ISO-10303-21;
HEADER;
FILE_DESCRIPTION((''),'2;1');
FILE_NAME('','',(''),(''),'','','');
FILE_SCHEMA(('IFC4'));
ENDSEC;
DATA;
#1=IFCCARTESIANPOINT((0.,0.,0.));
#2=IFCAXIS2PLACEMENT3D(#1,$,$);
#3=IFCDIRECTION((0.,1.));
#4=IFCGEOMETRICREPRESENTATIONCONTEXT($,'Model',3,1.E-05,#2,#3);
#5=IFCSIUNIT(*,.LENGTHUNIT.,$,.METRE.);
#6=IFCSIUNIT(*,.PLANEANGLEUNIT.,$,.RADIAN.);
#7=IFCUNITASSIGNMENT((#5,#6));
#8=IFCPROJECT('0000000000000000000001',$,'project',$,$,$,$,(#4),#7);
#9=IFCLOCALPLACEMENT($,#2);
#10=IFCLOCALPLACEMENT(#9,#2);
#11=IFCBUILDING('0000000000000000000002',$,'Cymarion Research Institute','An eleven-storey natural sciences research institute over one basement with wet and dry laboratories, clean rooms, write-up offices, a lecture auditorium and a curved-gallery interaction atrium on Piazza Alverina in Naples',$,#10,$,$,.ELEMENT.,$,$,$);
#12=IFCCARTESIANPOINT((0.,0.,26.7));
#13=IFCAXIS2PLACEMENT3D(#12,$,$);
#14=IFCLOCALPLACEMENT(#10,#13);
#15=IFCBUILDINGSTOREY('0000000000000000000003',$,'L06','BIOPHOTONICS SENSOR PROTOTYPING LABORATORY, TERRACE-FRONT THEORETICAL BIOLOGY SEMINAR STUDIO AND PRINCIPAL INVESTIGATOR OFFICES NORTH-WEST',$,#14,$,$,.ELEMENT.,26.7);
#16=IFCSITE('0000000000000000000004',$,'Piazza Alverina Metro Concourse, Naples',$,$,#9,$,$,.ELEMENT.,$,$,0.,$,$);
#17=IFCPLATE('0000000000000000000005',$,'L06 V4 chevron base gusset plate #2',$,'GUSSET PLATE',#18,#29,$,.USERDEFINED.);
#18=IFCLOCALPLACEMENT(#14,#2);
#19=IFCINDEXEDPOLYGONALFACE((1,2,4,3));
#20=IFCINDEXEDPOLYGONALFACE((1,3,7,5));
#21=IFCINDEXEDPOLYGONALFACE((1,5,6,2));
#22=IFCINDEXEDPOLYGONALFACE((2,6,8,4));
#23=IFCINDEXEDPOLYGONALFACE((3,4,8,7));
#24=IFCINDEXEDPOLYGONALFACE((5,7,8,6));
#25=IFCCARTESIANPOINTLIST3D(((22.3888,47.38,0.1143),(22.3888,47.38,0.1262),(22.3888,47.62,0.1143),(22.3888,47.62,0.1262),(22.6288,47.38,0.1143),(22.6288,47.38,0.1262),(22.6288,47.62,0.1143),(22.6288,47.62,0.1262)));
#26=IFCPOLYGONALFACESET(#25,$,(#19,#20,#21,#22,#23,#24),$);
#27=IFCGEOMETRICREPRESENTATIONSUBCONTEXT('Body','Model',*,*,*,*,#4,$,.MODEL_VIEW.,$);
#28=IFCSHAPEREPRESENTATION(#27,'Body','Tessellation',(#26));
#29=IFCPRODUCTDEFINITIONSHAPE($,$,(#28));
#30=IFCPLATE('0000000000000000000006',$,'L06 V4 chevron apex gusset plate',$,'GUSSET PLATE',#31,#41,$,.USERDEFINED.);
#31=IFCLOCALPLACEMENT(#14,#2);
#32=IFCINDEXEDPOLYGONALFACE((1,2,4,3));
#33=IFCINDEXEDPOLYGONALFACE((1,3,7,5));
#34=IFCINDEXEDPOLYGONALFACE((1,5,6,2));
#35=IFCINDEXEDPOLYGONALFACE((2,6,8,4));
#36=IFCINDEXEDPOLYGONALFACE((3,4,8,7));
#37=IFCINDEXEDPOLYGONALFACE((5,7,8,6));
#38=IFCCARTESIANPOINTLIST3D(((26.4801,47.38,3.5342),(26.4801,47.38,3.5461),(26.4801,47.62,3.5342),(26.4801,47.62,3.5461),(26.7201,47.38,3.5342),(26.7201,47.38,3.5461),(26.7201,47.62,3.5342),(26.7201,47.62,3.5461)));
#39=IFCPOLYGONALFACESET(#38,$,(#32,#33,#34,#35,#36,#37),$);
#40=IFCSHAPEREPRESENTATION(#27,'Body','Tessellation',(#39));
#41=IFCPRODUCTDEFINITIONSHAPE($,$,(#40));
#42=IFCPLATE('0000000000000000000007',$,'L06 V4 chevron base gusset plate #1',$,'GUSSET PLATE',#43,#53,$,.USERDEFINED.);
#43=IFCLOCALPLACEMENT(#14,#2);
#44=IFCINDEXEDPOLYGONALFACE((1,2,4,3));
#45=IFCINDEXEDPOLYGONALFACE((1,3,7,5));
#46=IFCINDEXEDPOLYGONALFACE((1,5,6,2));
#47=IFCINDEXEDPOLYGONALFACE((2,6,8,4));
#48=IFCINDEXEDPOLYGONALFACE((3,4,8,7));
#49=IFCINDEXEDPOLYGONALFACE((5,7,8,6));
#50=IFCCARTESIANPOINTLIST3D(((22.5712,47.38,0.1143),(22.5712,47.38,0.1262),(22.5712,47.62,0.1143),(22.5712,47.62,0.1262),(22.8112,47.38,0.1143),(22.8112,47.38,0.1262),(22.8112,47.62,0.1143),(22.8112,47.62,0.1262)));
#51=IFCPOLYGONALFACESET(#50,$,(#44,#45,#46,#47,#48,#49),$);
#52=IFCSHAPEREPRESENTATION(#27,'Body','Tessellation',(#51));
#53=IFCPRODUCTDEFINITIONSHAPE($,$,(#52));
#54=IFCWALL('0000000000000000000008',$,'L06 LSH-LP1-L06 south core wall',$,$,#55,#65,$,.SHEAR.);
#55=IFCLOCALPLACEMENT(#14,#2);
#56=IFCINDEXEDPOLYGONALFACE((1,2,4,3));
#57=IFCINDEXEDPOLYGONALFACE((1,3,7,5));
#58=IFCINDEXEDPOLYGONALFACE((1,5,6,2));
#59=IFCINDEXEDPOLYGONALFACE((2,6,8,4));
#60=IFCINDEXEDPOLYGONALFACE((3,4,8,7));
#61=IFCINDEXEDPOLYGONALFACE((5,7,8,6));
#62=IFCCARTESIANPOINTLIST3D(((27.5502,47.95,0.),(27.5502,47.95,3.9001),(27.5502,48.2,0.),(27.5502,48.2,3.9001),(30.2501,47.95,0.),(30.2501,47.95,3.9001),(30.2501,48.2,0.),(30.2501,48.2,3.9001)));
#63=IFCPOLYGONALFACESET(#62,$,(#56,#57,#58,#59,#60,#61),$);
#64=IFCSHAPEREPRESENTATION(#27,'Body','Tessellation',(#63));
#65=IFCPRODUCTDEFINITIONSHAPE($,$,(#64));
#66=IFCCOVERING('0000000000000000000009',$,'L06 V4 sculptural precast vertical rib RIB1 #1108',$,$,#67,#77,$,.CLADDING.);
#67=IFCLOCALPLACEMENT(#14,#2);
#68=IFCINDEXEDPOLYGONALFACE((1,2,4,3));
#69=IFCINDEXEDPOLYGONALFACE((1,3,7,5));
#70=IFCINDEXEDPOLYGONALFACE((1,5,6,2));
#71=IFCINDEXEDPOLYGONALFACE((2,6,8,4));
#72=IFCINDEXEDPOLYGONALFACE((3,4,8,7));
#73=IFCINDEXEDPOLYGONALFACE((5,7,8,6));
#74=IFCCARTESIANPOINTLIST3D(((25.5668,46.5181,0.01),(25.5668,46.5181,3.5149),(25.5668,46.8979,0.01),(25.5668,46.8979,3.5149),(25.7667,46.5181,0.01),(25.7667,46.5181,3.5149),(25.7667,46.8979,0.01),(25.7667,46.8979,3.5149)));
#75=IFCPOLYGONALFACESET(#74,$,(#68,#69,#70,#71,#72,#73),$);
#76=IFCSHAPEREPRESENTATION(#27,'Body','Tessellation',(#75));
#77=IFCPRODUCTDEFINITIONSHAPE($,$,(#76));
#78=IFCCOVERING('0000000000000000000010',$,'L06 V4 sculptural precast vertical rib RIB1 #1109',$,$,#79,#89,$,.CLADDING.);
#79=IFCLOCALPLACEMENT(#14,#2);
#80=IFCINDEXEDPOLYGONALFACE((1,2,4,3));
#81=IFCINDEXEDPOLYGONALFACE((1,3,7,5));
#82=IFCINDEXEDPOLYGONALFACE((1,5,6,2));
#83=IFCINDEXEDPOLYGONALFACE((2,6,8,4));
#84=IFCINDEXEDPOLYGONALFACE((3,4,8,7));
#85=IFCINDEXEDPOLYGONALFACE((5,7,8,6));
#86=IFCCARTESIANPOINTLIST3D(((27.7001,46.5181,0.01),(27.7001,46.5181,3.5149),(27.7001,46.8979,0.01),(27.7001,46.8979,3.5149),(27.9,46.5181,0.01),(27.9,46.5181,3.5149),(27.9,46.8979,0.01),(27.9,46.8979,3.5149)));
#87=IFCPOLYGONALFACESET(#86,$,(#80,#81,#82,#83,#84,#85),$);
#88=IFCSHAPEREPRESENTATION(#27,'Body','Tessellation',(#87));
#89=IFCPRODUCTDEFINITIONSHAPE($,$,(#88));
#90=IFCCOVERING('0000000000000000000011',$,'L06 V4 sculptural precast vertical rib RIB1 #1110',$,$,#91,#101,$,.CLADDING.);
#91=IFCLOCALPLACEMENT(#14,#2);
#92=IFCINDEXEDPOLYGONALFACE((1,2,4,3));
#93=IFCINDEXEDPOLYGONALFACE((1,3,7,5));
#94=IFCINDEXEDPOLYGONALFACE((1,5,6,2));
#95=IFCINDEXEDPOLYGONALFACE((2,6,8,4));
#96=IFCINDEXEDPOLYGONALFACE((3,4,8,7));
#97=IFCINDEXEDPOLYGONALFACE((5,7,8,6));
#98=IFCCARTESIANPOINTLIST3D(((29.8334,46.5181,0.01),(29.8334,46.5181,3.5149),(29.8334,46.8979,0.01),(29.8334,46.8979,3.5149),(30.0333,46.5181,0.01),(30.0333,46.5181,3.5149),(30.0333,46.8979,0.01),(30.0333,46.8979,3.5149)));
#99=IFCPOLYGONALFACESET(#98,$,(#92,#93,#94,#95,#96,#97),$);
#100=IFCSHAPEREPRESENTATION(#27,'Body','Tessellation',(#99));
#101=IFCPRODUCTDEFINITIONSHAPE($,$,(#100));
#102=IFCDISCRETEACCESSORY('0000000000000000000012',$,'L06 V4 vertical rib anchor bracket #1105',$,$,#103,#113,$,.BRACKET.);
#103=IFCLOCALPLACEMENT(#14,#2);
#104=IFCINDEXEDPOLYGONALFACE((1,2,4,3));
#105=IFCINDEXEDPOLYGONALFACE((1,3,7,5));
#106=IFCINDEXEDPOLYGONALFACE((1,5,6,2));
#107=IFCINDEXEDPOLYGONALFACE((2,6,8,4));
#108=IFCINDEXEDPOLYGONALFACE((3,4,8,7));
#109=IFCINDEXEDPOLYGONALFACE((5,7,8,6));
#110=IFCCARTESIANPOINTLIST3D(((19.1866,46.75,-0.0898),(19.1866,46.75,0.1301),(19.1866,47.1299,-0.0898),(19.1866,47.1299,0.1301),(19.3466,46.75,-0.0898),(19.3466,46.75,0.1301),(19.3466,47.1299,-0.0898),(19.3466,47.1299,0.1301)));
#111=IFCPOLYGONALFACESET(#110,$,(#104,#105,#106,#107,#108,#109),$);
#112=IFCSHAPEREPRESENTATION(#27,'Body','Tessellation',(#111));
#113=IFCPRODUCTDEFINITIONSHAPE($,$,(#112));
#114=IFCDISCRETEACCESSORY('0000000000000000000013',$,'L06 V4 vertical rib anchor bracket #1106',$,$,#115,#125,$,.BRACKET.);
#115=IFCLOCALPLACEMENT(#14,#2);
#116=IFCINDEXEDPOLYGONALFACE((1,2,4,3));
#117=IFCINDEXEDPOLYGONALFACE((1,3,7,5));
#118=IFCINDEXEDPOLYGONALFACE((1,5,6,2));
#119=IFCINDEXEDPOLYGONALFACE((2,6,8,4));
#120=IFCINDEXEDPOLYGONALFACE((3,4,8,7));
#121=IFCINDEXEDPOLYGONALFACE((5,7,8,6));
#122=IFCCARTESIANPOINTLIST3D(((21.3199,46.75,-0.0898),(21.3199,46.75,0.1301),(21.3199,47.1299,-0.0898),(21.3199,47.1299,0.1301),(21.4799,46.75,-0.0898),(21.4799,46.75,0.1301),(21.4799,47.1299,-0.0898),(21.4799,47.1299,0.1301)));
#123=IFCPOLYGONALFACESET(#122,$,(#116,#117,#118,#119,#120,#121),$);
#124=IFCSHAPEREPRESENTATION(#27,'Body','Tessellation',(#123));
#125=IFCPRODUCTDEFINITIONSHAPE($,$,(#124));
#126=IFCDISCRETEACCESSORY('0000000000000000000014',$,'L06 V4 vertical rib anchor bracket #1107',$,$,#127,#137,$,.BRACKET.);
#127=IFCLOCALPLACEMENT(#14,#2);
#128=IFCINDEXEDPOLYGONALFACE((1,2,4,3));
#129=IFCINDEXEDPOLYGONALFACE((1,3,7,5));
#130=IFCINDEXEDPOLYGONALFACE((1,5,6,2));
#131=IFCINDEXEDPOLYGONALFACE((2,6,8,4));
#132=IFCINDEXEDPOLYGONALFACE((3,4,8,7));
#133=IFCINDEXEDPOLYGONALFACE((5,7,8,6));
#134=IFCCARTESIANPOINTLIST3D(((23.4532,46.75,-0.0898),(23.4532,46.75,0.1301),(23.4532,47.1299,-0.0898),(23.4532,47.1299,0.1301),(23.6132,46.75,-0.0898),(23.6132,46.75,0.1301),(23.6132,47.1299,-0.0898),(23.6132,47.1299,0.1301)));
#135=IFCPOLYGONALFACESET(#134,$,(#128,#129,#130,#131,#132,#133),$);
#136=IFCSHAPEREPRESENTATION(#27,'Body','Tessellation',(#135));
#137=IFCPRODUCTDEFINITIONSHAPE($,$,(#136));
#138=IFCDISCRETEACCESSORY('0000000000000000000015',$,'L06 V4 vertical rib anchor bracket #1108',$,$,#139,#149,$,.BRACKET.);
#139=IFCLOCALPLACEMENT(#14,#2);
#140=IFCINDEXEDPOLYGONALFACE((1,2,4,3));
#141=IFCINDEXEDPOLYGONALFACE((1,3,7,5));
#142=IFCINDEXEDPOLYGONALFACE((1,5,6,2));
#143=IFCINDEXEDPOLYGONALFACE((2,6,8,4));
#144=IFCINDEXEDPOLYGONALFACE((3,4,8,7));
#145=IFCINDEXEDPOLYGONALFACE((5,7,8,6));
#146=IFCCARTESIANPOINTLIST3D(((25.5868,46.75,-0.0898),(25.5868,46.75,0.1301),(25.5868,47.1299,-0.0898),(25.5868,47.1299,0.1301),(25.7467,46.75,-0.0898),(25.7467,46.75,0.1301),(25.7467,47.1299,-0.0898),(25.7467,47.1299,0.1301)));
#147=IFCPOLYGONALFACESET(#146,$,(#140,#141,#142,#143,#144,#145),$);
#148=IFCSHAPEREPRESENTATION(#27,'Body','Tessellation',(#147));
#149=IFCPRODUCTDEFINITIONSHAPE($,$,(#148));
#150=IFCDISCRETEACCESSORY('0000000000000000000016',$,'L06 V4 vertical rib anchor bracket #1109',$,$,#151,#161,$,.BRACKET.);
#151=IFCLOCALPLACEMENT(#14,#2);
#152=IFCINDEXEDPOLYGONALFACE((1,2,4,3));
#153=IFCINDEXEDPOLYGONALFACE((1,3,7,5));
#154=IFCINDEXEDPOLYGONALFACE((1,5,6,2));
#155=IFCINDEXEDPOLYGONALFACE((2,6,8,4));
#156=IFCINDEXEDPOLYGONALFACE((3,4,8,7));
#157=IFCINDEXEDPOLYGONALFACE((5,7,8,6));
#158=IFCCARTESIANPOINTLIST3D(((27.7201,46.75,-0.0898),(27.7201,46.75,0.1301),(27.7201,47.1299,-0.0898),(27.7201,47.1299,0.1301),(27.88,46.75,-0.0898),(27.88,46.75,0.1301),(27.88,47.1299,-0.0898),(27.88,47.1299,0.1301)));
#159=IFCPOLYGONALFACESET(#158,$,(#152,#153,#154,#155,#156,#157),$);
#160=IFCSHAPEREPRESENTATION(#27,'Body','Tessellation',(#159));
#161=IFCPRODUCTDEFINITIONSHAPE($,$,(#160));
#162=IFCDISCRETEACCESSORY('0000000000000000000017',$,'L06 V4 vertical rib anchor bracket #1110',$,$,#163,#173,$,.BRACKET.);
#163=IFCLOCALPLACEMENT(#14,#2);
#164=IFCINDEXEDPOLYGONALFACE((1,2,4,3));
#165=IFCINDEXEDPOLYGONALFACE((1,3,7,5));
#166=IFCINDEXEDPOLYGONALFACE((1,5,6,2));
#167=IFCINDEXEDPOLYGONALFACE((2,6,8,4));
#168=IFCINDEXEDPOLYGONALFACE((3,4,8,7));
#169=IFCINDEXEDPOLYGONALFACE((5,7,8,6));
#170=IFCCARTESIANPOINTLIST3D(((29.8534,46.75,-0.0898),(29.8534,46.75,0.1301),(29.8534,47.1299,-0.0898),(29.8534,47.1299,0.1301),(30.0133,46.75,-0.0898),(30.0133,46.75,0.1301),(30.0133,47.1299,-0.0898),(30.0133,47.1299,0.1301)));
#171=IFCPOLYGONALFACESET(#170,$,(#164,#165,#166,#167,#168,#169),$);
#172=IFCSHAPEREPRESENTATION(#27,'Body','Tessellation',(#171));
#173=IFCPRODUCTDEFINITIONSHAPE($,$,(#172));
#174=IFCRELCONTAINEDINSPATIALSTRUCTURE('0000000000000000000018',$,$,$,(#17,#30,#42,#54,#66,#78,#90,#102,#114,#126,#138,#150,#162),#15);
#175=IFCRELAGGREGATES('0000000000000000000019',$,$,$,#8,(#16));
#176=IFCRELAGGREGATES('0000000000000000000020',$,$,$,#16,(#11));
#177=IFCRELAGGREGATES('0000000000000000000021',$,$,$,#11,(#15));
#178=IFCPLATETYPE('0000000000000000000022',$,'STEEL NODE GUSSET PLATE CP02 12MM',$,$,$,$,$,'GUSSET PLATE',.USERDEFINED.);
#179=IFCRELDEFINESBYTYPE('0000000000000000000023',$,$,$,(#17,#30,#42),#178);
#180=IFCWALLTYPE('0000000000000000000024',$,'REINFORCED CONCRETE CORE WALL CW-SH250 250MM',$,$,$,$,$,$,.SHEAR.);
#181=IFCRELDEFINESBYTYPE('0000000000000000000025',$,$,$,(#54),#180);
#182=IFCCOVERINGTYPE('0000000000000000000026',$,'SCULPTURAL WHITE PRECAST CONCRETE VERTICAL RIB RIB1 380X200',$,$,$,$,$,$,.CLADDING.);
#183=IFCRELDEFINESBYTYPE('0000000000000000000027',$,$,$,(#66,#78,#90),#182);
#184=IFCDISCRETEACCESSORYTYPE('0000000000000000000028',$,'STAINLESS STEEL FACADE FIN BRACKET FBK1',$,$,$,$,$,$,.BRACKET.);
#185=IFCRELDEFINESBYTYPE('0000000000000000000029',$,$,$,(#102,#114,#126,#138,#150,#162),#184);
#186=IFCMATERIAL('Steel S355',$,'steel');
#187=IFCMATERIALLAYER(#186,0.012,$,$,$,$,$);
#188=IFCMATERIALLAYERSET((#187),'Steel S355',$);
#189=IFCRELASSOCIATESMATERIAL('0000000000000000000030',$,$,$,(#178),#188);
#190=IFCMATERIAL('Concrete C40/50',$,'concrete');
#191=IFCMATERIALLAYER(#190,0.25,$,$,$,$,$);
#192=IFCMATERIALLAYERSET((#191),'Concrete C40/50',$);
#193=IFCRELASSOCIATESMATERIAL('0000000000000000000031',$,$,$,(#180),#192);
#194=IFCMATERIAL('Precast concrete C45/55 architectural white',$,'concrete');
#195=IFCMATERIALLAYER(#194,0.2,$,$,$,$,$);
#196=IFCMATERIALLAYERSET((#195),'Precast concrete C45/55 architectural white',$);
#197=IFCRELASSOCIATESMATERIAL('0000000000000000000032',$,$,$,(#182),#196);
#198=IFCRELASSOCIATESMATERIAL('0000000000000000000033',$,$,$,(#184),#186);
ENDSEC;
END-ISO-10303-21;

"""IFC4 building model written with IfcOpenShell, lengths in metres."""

from ifc_helpers import new_model, si_unit, direction, frame, frame_2d, origin, origin_2d, place, context, subcontext, project, spatial, rectangle, extrude, material, layer, layer_set, type_object, element, save


model = new_model("IFC4")

# Units and contexts
model_context = context("Model", 3, precision=1e-05, world=origin(), true_north=direction((0.0, 1.0)))
body_context = subcontext(model_context, "Body", "Model", "MODEL_VIEW")
ifc_project = project(units=[si_unit("LENGTHUNIT", "METRE"), si_unit("PLANEANGLEUNIT", "RADIAN")], contexts=[model_context])

# Site, building, storey
site_placement = place(None, origin())
site = spatial("IfcSite", under=ifc_project, at=site_placement, Name="Piazza Alverina Metro Concourse, Naples", CompositionType="ELEMENT", RefElevation=0.0)
building_placement = place(site_placement, origin())
building = spatial("IfcBuilding", under=site, at=building_placement, Name="Cymarion Research Institute", Description="An eleven-storey natural sciences research institute over one basement with wet and dry laboratories, clean rooms, write-up offices, a lecture auditorium and a curved-gallery interaction atrium on Piazza Alverina in Naples", CompositionType="ELEMENT")
storey_placement = place(building_placement, frame((0.0, 0.0, 26.7)))
storey = spatial("IfcBuildingStorey", under=building, at=storey_placement, Name="L06", Description="BIOPHOTONICS SENSOR PROTOTYPING LABORATORY, TERRACE-FRONT THEORETICAL BIOLOGY SEMINAR STUDIO AND PRINCIPAL INVESTIGATOR OFFICES NORTH-WEST", CompositionType="ELEMENT", Elevation=26.7)

# Shared definitions
ifc_material_1 = material(Name="Steel S355", Category="steel")

# Plates
ifc_layer_1 = layer(ifc_material_1, 0.012)
ifc_layer_set_1 = layer_set([ifc_layer_1], Name="Steel S355")
plate_type = type_object("IfcPlateType", Name="STEEL NODE GUSSET PLATE CP02 12MM", ElementType="GUSSET PLATE", PredefinedType="USERDEFINED", material=ifc_layer_set_1)
for number, where, z_axis, x_axis, name in (
    (1, (22.5088, 47.5, 0.1143), (0.0, 0.0, 1.0), (1.0, 0.0, 0.0), "L06 V4 chevron base gusset plate #2"),
    (2, (26.6001, 47.5, 3.5342), (0.0, 0.0, 1.0), (1.0, 0.0, 0.0), "L06 V4 chevron apex gusset plate"),
    (3, (22.6912, 47.5, 0.1143), (0.0, 0.0, 1.0), (1.0, 0.0, 0.0), "L06 V4 chevron base gusset plate #1"),
):
    element("IfcPlate", number, at=place(storey_placement, frame(where, z_axis=z_axis, x_axis=x_axis)), inside=storey, type_object=plate_type, Name=name, ObjectType="GUSSET PLATE", PredefinedType="USERDEFINED", context=body_context, shape_type="SweptSolid", body=[
        extrude(rectangle(XDim=0.24, YDim=0.24, at=origin_2d()), origin(), (0.0, 0.0, 1.0), 0.012),
    ])

# Wall
ifc_material_2 = material(Name="Concrete C40/50", Category="concrete")
ifc_layer_2 = layer(ifc_material_2, 0.25)
ifc_layer_set_2 = layer_set([ifc_layer_2], Name="Concrete C40/50")
wall_type = type_object("IfcWallType", Name="REINFORCED CONCRETE CORE WALL CW-SH250 250MM", PredefinedType="SHEAR", material=ifc_layer_set_2)
wall_1_placement = place(storey_placement, frame((27.55, 48.075, 0.0), z_axis=(0.0, 0.0, 1.0), x_axis=(1.0, 0.0, 0.0)))
element("IfcWall", 4, at=wall_1_placement, inside=storey, type_object=wall_type, Name="L06 LSH-LP1-L06 south core wall", PredefinedType="SHEAR", context=body_context, shape_type="SweptSolid", body=[
    extrude(rectangle(XDim=2.7, YDim=0.25, at=frame_2d((1.3501, 0.0))), origin(), (0.0, 0.0, 1.0), 3.9001),
])

# Coverings
ifc_material_3 = material(Name="Precast concrete C45/55 architectural white", Category="concrete")
ifc_layer_3 = layer(ifc_material_3, 0.2)
ifc_layer_set_3 = layer_set([ifc_layer_3], Name="Precast concrete C45/55 architectural white")
covering_type = type_object("IfcCoveringType", Name="SCULPTURAL WHITE PRECAST CONCRETE VERTICAL RIB RIB1 380X200", PredefinedType="CLADDING", material=ifc_layer_set_3)
for number, where, z_axis, x_axis, name in (
    (5, (25.6667, 46.708, 0.01), (0.0, 0.0, 1.0), (0.0, -1.0, 0.0), "L06 V4 sculptural precast vertical rib RIB1 #1108"),
    (6, (27.8, 46.708, 0.01), (0.0, 0.0, 1.0), (0.0, -1.0, 0.0), "L06 V4 sculptural precast vertical rib RIB1 #1109"),
    (7, (29.9333, 46.708, 0.01), (0.0, 0.0, 1.0), (0.0, -1.0, 0.0), "L06 V4 sculptural precast vertical rib RIB1 #1110"),
):
    element("IfcCovering", number, at=place(storey_placement, frame(where, z_axis=z_axis, x_axis=x_axis)), inside=storey, type_object=covering_type, Name=name, PredefinedType="CLADDING", context=body_context, shape_type="SweptSolid", body=[
        extrude(rectangle(XDim=0.3799, YDim=0.2, at=origin_2d()), origin(), (0.0, 0.0, 1.0), 3.5049),
    ])

# Discrete accessories
discrete_accessory_type = type_object("IfcDiscreteAccessoryType", Name="STAINLESS STEEL FACADE FIN BRACKET FBK1", PredefinedType="BRACKET", material=ifc_material_1)
for number, where, z_axis, x_axis, name in (
    (8, (19.2666, 46.9399, -0.0898), (0.0, 0.0, 1.0), (0.0, -1.0, 0.0), "L06 V4 vertical rib anchor bracket #1105"),
    (9, (21.3999, 46.9399, -0.0898), (0.0, 0.0, 1.0), (0.0, -1.0, 0.0), "L06 V4 vertical rib anchor bracket #1106"),
    (10, (23.5332, 46.9399, -0.0898), (0.0, 0.0, 1.0), (0.0, -1.0, 0.0), "L06 V4 vertical rib anchor bracket #1107"),
    (11, (25.6667, 46.9399, -0.0898), (0.0, 0.0, 1.0), (0.0, -1.0, 0.0), "L06 V4 vertical rib anchor bracket #1108"),
    (12, (27.8, 46.9399, -0.0898), (0.0, 0.0, 1.0), (0.0, -1.0, 0.0), "L06 V4 vertical rib anchor bracket #1109"),
    (13, (29.9333, 46.9399, -0.0898), (0.0, 0.0, 1.0), (0.0, -1.0, 0.0), "L06 V4 vertical rib anchor bracket #1110"),
):
    element("IfcDiscreteAccessory", number, at=place(storey_placement, frame(where, z_axis=z_axis, x_axis=x_axis)), inside=storey, type_object=discrete_accessory_type, Name=name, PredefinedType="BRACKET", context=body_context, shape_type="SweptSolid", body=[
        extrude(rectangle(XDim=0.3799, YDim=0.1599, at=origin_2d()), origin(), (0.0, 0.0, 1.0), 0.22),
    ])

save(model, "model.ifc")
